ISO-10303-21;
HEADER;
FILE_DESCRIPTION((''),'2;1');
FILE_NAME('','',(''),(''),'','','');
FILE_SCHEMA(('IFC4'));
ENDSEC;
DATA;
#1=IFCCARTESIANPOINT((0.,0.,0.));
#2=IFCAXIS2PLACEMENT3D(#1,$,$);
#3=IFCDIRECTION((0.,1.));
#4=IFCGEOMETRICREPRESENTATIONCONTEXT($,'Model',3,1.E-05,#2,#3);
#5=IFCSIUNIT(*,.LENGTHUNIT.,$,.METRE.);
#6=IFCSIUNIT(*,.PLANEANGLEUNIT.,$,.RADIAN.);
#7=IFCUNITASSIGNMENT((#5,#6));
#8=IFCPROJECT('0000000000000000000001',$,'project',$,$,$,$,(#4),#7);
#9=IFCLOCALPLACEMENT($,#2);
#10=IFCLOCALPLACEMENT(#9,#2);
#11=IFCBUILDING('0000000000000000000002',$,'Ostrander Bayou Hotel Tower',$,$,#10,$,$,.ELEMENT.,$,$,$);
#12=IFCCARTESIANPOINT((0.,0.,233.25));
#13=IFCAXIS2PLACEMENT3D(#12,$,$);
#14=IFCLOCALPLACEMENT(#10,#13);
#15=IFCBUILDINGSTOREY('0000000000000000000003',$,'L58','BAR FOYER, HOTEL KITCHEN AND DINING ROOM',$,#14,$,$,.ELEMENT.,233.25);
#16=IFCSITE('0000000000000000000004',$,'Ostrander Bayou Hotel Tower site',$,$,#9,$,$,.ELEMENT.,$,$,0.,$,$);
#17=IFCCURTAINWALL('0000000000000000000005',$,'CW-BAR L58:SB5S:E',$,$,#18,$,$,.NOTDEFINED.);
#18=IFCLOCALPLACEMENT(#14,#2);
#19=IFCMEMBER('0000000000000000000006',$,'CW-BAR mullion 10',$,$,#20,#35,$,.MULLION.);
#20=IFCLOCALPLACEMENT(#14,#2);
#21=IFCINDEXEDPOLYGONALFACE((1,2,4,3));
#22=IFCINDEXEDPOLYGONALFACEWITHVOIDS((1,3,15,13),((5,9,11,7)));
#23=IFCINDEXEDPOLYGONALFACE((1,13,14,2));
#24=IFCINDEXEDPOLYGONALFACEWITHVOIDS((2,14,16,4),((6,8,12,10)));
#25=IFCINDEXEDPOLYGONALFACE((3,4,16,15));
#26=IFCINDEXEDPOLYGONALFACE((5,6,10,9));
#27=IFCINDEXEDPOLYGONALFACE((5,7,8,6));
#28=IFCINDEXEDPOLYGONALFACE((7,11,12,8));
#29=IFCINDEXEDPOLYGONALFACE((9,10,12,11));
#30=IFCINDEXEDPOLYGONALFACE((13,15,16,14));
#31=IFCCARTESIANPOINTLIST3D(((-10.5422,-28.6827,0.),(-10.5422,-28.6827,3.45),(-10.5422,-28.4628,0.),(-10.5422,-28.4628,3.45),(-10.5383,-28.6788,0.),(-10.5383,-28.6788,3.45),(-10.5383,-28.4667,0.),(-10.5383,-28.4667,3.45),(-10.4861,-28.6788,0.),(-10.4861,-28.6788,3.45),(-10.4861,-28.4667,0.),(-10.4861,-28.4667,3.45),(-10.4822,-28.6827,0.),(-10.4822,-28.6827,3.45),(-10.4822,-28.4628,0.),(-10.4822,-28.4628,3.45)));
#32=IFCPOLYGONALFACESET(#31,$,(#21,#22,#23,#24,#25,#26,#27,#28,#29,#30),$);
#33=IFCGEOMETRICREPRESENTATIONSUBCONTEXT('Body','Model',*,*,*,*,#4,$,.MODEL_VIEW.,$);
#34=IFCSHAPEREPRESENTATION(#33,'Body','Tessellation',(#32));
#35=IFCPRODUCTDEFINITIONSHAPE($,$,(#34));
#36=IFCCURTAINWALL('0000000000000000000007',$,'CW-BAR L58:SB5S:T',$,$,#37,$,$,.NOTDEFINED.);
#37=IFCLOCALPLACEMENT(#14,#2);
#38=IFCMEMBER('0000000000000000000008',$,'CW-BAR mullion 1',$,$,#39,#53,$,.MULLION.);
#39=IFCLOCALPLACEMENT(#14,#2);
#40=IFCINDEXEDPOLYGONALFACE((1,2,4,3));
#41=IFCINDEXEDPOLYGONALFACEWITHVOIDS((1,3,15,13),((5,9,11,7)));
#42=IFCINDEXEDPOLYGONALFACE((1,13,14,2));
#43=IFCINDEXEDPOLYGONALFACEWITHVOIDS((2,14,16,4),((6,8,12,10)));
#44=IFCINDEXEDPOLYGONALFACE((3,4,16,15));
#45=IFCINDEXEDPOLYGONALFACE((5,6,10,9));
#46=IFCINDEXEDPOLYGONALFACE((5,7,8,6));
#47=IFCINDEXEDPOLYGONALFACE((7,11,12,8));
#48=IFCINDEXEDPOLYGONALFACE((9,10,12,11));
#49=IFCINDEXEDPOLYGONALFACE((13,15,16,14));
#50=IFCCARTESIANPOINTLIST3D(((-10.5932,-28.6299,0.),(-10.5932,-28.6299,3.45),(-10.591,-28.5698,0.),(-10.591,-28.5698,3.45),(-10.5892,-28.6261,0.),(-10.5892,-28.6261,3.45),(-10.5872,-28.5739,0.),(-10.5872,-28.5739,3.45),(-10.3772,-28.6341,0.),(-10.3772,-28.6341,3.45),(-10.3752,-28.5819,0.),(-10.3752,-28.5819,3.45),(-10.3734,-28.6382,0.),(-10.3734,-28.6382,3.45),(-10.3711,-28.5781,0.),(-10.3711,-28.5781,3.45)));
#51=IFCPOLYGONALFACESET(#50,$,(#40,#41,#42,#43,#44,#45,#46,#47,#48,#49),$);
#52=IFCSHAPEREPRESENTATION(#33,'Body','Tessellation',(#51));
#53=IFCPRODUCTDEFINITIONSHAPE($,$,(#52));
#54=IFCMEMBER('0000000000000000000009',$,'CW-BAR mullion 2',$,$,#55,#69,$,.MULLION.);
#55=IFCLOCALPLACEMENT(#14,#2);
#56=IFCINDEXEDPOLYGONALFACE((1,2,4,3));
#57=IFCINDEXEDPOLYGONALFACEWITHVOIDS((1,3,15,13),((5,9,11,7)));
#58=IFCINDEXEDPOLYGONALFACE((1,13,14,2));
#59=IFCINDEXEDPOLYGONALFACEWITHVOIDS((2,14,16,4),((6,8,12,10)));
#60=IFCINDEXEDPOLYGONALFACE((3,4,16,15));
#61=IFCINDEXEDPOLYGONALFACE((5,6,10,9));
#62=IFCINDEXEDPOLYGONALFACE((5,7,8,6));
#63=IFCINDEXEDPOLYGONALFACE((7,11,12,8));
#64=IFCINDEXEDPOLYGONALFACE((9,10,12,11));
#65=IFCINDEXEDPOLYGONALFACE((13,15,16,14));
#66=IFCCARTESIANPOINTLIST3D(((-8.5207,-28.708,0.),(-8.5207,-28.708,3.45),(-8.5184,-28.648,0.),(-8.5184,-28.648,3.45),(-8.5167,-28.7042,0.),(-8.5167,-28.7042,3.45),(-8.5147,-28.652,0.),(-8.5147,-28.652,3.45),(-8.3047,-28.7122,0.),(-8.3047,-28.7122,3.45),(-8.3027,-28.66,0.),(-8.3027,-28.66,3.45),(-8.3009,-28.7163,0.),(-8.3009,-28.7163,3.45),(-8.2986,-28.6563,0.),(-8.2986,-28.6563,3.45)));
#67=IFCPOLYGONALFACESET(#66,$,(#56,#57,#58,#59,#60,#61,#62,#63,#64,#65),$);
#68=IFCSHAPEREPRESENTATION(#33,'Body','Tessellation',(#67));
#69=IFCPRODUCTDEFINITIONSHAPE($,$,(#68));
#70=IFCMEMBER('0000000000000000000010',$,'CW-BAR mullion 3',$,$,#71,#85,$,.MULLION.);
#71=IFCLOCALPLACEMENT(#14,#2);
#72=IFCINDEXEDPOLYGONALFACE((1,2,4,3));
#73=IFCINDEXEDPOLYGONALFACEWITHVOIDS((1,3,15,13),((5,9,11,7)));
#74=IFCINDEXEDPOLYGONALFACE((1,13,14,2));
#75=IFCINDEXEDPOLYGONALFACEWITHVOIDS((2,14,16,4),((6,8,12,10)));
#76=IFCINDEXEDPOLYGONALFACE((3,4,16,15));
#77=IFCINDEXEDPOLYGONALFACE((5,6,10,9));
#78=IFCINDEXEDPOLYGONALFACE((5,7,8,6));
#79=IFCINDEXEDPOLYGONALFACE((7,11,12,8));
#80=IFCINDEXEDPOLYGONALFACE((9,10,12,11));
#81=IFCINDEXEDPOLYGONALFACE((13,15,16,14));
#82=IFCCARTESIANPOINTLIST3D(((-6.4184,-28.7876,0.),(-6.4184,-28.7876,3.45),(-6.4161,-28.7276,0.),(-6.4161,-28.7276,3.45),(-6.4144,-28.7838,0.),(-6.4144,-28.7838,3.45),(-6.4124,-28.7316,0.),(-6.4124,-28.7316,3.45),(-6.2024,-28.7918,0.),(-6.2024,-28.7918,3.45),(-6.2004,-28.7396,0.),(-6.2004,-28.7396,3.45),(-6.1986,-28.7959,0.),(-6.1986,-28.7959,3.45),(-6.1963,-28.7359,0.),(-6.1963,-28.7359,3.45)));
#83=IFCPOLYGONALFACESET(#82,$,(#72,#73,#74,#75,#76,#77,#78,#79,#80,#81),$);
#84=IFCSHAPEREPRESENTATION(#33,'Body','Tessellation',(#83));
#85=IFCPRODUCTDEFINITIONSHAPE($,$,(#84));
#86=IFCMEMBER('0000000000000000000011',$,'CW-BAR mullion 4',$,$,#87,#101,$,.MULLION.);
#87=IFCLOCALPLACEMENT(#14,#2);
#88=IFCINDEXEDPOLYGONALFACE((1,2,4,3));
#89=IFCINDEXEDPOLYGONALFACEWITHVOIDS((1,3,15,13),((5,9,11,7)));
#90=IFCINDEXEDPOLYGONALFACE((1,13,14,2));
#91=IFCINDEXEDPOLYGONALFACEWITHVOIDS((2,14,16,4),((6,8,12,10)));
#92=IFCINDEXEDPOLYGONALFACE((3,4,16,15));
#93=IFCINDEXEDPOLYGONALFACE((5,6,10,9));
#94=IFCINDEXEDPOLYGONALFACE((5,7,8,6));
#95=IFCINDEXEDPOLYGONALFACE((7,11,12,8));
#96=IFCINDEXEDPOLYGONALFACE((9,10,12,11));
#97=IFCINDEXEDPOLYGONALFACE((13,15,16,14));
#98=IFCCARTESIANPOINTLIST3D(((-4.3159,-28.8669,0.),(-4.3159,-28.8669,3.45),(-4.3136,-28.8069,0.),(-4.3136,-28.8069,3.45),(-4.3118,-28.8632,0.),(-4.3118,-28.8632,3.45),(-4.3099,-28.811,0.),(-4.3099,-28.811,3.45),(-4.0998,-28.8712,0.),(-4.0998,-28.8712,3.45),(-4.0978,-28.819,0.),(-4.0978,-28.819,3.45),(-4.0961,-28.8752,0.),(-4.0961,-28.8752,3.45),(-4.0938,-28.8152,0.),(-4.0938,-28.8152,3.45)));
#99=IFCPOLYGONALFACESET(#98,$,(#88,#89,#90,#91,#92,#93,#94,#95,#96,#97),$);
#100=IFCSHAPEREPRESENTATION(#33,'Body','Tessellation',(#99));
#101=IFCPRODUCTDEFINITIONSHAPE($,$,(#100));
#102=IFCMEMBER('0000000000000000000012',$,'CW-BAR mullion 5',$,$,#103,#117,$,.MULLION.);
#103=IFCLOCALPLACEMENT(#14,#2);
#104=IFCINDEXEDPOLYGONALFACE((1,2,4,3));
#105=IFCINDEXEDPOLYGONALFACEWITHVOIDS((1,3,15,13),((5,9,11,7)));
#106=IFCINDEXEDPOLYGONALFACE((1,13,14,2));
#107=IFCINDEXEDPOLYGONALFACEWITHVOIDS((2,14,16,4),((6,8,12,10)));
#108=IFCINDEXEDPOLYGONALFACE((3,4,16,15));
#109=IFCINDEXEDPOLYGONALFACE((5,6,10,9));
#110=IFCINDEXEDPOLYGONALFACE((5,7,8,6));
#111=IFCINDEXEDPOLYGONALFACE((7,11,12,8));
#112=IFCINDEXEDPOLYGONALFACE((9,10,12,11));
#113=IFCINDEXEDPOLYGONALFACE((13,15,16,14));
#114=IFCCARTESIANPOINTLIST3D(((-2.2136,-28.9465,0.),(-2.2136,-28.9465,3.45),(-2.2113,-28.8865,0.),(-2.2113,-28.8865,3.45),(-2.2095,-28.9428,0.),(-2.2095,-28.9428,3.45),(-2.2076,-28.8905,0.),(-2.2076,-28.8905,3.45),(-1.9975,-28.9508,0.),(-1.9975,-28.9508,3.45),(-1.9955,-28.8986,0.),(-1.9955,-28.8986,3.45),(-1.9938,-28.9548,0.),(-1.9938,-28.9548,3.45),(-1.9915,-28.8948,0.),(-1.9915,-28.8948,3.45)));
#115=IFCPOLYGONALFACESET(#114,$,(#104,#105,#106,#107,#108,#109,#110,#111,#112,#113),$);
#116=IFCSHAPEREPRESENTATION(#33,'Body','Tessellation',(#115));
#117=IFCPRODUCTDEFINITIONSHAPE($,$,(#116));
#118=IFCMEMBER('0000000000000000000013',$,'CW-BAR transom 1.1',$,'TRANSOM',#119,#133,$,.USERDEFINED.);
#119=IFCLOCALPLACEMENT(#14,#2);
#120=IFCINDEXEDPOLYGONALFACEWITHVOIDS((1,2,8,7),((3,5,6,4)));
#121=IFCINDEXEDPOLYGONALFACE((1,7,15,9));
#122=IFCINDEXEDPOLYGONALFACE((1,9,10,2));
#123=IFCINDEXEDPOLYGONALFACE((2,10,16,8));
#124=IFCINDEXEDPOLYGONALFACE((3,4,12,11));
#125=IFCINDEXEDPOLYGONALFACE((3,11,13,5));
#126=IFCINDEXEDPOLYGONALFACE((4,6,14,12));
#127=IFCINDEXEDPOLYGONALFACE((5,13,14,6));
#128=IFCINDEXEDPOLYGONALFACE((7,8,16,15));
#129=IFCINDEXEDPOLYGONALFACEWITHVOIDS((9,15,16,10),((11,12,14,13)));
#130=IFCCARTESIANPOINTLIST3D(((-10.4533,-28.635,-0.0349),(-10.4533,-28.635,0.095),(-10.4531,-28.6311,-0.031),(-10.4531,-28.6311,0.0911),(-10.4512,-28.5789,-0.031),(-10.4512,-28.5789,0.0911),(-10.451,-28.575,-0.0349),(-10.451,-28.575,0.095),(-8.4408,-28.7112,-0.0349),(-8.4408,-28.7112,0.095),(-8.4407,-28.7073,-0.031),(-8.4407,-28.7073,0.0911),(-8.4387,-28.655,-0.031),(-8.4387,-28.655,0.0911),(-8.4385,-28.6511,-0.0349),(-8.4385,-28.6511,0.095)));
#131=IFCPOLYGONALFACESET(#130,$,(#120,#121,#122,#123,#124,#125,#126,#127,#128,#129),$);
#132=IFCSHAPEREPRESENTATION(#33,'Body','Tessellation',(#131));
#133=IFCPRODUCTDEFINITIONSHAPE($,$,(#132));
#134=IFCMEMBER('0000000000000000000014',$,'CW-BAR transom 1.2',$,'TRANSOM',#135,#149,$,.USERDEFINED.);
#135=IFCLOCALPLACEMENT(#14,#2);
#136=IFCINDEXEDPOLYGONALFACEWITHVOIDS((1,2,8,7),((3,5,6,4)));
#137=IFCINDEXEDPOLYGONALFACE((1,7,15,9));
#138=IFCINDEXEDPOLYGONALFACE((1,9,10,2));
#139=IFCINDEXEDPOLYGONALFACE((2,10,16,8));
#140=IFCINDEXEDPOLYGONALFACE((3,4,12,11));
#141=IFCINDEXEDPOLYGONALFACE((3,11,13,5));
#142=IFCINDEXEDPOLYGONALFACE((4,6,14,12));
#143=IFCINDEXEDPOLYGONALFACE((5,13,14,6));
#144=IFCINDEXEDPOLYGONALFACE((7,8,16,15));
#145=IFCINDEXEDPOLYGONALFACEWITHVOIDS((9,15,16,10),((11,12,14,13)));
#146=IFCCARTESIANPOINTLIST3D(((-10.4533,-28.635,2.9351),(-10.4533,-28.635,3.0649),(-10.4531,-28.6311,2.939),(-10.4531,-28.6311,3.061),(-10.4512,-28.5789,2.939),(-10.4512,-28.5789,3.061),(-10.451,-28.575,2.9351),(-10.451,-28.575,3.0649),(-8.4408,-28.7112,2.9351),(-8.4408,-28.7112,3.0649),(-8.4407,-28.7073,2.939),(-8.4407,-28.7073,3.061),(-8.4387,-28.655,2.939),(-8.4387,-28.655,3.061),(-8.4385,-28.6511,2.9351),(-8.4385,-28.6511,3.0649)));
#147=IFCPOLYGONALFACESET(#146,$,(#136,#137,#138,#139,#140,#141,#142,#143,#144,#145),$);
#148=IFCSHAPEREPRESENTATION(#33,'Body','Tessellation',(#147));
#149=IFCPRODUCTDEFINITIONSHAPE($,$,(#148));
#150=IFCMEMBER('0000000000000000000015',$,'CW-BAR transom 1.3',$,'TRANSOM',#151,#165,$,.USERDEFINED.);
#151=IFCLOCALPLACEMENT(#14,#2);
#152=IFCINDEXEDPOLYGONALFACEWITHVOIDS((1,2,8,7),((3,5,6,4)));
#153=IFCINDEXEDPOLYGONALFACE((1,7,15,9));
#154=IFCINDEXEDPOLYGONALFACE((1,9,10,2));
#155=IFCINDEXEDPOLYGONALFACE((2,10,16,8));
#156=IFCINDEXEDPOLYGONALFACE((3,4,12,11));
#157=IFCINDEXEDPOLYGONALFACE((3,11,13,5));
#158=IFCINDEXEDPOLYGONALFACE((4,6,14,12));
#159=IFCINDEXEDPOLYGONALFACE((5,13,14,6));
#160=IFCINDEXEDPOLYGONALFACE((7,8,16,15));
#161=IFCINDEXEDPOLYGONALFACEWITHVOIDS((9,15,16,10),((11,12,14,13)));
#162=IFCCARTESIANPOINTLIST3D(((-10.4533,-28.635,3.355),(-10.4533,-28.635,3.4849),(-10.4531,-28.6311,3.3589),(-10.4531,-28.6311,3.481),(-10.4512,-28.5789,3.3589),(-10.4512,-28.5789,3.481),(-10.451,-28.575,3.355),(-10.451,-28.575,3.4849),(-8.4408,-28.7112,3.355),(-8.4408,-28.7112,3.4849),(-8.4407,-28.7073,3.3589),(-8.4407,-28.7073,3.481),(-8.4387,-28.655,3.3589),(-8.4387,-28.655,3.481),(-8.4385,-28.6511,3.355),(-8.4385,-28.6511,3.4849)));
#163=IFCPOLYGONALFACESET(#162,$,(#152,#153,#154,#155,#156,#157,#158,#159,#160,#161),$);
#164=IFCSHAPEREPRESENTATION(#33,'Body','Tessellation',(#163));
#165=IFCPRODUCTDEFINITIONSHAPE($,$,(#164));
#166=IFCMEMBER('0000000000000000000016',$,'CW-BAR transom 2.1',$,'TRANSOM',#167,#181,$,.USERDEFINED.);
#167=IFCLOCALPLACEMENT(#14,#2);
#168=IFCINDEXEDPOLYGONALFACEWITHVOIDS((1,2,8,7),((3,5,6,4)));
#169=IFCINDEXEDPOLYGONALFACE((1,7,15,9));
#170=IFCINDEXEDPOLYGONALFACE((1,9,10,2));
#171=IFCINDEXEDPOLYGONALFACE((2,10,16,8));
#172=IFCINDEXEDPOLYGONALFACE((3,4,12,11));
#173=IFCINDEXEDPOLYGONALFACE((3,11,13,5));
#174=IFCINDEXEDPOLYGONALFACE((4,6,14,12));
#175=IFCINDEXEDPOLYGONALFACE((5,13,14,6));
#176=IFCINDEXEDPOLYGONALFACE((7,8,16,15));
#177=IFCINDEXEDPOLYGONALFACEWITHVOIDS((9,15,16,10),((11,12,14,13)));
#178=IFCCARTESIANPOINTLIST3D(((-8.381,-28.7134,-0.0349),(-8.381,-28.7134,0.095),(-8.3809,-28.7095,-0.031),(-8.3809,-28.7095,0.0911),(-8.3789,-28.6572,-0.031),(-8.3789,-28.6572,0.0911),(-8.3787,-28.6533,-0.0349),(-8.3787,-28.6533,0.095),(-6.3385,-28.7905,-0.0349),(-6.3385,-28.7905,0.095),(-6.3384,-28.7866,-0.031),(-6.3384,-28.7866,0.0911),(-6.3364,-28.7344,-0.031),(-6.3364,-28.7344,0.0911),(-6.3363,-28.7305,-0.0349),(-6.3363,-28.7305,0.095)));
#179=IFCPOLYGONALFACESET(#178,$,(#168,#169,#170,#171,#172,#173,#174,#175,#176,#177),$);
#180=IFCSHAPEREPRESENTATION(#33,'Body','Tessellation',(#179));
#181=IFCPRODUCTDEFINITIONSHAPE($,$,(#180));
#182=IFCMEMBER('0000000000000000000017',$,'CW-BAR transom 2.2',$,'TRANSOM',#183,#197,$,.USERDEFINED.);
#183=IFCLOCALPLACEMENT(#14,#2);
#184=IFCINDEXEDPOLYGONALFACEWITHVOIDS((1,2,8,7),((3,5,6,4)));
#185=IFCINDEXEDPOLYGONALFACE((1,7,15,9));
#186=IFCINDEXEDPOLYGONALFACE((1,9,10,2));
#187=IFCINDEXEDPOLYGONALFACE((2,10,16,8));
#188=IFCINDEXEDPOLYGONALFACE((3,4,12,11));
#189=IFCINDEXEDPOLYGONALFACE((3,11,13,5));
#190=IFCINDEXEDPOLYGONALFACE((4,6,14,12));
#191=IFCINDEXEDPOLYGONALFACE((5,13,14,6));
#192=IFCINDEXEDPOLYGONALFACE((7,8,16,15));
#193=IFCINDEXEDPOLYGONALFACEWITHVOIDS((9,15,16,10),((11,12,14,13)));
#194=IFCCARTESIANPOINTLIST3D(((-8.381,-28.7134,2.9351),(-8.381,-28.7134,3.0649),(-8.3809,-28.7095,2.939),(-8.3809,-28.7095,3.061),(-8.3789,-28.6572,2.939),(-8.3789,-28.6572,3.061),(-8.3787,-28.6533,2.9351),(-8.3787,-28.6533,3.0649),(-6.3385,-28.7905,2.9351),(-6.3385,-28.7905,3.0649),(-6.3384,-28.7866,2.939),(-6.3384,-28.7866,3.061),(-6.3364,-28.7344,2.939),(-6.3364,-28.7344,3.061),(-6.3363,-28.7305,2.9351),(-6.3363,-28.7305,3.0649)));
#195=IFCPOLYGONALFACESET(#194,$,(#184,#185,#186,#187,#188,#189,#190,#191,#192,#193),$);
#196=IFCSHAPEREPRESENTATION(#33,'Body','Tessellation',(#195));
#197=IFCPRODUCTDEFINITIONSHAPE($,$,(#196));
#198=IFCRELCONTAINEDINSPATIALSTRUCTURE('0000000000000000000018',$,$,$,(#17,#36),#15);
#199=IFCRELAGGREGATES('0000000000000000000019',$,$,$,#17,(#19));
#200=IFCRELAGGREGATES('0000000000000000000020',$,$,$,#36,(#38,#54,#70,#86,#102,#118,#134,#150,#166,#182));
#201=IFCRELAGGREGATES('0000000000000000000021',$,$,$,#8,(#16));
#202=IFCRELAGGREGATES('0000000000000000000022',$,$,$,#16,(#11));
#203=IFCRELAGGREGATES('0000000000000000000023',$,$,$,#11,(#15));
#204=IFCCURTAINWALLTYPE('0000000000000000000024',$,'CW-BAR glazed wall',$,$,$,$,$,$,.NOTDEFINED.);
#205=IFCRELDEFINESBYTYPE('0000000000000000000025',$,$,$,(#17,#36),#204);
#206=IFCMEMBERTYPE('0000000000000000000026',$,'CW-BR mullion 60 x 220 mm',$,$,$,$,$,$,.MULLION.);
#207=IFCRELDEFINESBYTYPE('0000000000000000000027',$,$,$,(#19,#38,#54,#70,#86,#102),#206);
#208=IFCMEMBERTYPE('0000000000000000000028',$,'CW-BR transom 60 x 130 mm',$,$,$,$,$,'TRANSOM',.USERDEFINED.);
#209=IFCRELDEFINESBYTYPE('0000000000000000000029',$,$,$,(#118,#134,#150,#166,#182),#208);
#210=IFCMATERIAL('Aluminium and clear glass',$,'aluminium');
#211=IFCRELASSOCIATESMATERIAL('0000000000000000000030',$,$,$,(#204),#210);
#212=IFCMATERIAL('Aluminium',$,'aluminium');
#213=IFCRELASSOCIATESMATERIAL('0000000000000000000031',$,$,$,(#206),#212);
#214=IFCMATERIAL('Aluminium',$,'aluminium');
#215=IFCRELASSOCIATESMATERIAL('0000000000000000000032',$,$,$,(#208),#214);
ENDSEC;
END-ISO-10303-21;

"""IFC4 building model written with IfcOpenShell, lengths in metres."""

from ifc_helpers import new_model, si_unit, direction, frame, origin, origin_2d, place, context, subcontext, project, spatial, hollow_rectangle, extrude, material, material_profile, profile_set, type_object, element, aggregate, save


model = new_model("IFC4")

# Units and contexts
model_context = context("Model", 3, precision=1e-05, world=origin(), true_north=direction((0.0, 1.0)))
body_context = subcontext(model_context, "Body", "Model", "MODEL_VIEW")
ifc_project = project(units=[si_unit("LENGTHUNIT", "METRE"), si_unit("PLANEANGLEUNIT", "RADIAN")], contexts=[model_context])

# Site, building, storey
site_placement = place(None, origin())
site = spatial("IfcSite", under=ifc_project, at=site_placement, Name="Ostrander Bayou Hotel Tower site", CompositionType="ELEMENT", RefElevation=0.0)
building_placement = place(site_placement, origin())
building = spatial("IfcBuilding", under=site, at=building_placement, Name="Ostrander Bayou Hotel Tower", CompositionType="ELEMENT")
storey_placement = place(building_placement, frame((0.0, 0.0, 233.25)))
storey = spatial("IfcBuildingStorey", under=building, at=storey_placement, Name="L58", Description="BAR FOYER, HOTEL KITCHEN AND DINING ROOM", CompositionType="ELEMENT", Elevation=233.25)

# Curtain wall, member
ifc_material_1 = material(Name="Aluminium and clear glass", Category="aluminium")
curtain_wall_type = type_object("IfcCurtainWallType", Name="CW-BAR glazed wall", PredefinedType="NOTDEFINED", material=ifc_material_1)
curtain_wall_1_placement = place(storey_placement, origin())
curtain_wall_1 = element("IfcCurtainWall", 1, at=curtain_wall_1_placement, inside=storey, type_object=curtain_wall_type, Name="CW-BAR L58:SB5S:E", PredefinedType="NOTDEFINED")
ifc_material_2 = material(Name="Aluminium", Category="aluminium")
ifc_material_profile_1 = material_profile(ifc_material_2, hollow_rectangle(XDim=0.0601, YDim=0.22, WallThickness=0.0039, at=origin_2d()))
ifc_profile_set_1 = profile_set([ifc_material_profile_1], Name="Aluminium")
member_type_1 = type_object("IfcMemberType", Name="CW-BR mullion 60 x 220 mm", PredefinedType="MULLION", material=ifc_profile_set_1)
member_1_placement = place(storey_placement, frame((-10.5122, -28.5728, 0.0), z_axis=(0.0, 0.0, 1.0), x_axis=(1.0, 0.0, 0.0)))
member_1 = element("IfcMember", 2, at=member_1_placement, type_object=member_type_1, Name="CW-BAR mullion 10", PredefinedType="MULLION", context=body_context, shape_type="SweptSolid", body=[
    extrude(hollow_rectangle(XDim=0.0601, YDim=0.22, WallThickness=0.0039, at=origin_2d()), origin(), (0.0, 0.0, 1.0), 3.45),
])
aggregate(curtain_wall_1, [member_1])

# Curtain wall, members
curtain_wall_2_placement = place(storey_placement, origin())
curtain_wall_2 = element("IfcCurtainWall", 3, at=curtain_wall_2_placement, inside=storey, type_object=curtain_wall_type, Name="CW-BAR L58:SB5S:T", PredefinedType="NOTDEFINED")
member_2_placement = place(storey_placement, frame((-10.4822, -28.604, 0.0), z_axis=(0.0, 0.0, 1.0), x_axis=(0.037758, 0.999287, 0.0)))
member_2 = element("IfcMember", 4, at=member_2_placement, type_object=member_type_1, Name="CW-BAR mullion 1", PredefinedType="MULLION", context=body_context, shape_type="SweptSolid", body=[
    extrude(hollow_rectangle(XDim=0.0601, YDim=0.22, WallThickness=0.0039, at=origin_2d()), origin(), (0.0, 0.0, 1.0), 3.45),
])
member_3_placement = place(storey_placement, frame((-8.4097, -28.6821, 0.0), z_axis=(0.0, 0.0, 1.0), x_axis=(0.037758, 0.999287, 0.0)))
member_3 = element("IfcMember", 5, at=member_3_placement, type_object=member_type_1, Name="CW-BAR mullion 2", PredefinedType="MULLION", context=body_context, shape_type="SweptSolid", body=[
    extrude(hollow_rectangle(XDim=0.0601, YDim=0.22, WallThickness=0.0039, at=origin_2d()), origin(), (0.0, 0.0, 1.0), 3.45),
])
member_4_placement = place(storey_placement, frame((-6.3074, -28.7617, 0.0), z_axis=(0.0, 0.0, 1.0), x_axis=(0.037758, 0.999287, 0.0)))
member_4 = element("IfcMember", 6, at=member_4_placement, type_object=member_type_1, Name="CW-BAR mullion 3", PredefinedType="MULLION", context=body_context, shape_type="SweptSolid", body=[
    extrude(hollow_rectangle(XDim=0.0601, YDim=0.22, WallThickness=0.0039, at=origin_2d()), origin(), (0.0, 0.0, 1.0), 3.45),
])
member_5_placement = place(storey_placement, frame((-4.2048, -28.8411, 0.0), z_axis=(0.0, 0.0, 1.0), x_axis=(0.037758, 0.999287, 0.0)))
member_5 = element("IfcMember", 7, at=member_5_placement, type_object=member_type_1, Name="CW-BAR mullion 4", PredefinedType="MULLION", context=body_context, shape_type="SweptSolid", body=[
    extrude(hollow_rectangle(XDim=0.0601, YDim=0.22, WallThickness=0.0039, at=origin_2d()), origin(), (0.0, 0.0, 1.0), 3.45),
])
member_6_placement = place(storey_placement, frame((-2.1025, -28.9207, 0.0), z_axis=(0.0, 0.0, 1.0), x_axis=(0.037758, 0.999287, 0.0)))
member_6 = element("IfcMember", 8, at=member_6_placement, type_object=member_type_1, Name="CW-BAR mullion 5", PredefinedType="MULLION", context=body_context, shape_type="SweptSolid", body=[
    extrude(hollow_rectangle(XDim=0.0601, YDim=0.22, WallThickness=0.0039, at=origin_2d()), origin(), (0.0, 0.0, 1.0), 3.45),
])
ifc_material_3 = material(Name="Aluminium", Category="aluminium")
ifc_material_profile_2 = material_profile(ifc_material_3, hollow_rectangle(XDim=0.0601, YDim=0.1299, WallThickness=0.0039, at=origin_2d()))
ifc_profile_set_2 = profile_set([ifc_material_profile_2], Name="Aluminium")
member_type_2 = type_object("IfcMemberType", Name="CW-BR transom 60 x 130 mm", ElementType="TRANSOM", PredefinedType="USERDEFINED", material=ifc_profile_set_2)
member_7_placement = place(storey_placement, frame((-10.4521, -28.605, 0.03), z_axis=(0.999284, -0.037823, 0.0), x_axis=(0.037823, 0.999284, 0.0)))
member_7 = element("IfcMember", 9, at=member_7_placement, type_object=member_type_2, Name="CW-BAR transom 1.1", ObjectType="TRANSOM", PredefinedType="USERDEFINED", context=body_context, shape_type="SweptSolid", body=[
    extrude(hollow_rectangle(XDim=0.0601, YDim=0.1299, WallThickness=0.0039, at=origin_2d()), origin(), (0.0, 0.0, 1.0), 2.0139),
])
member_8_placement = place(storey_placement, frame((-10.4521, -28.605, 3.0), z_axis=(0.999284, -0.037823, 0.0), x_axis=(0.037823, 0.999284, 0.0)))
member_8 = element("IfcMember", 10, at=member_8_placement, type_object=member_type_2, Name="CW-BAR transom 1.2", ObjectType="TRANSOM", PredefinedType="USERDEFINED", context=body_context, shape_type="SweptSolid", body=[
    extrude(hollow_rectangle(XDim=0.0601, YDim=0.1299, WallThickness=0.0039, at=origin_2d()), origin(), (0.0, 0.0, 1.0), 2.0139),
])
member_9_placement = place(storey_placement, frame((-10.4521, -28.605, 3.4199), z_axis=(0.999284, -0.037823, 0.0), x_axis=(0.037823, 0.999284, 0.0)))
member_9 = element("IfcMember", 11, at=member_9_placement, type_object=member_type_2, Name="CW-BAR transom 1.3", ObjectType="TRANSOM", PredefinedType="USERDEFINED", context=body_context, shape_type="SweptSolid", body=[
    extrude(hollow_rectangle(XDim=0.0601, YDim=0.1299, WallThickness=0.0039, at=origin_2d()), origin(), (0.0, 0.0, 1.0), 2.0139),
])
member_10_placement = place(storey_placement, frame((-8.3799, -28.6833, 0.03), z_axis=(0.999287, -0.037745, 0.0), x_axis=(0.037745, 0.999287, 0.0)))
member_10 = element("IfcMember", 12, at=member_10_placement, type_object=member_type_2, Name="CW-BAR transom 2.1", ObjectType="TRANSOM", PredefinedType="USERDEFINED", context=body_context, shape_type="SweptSolid", body=[
    extrude(hollow_rectangle(XDim=0.0601, YDim=0.1299, WallThickness=0.0039, at=origin_2d()), origin(), (0.0, 0.0, 1.0), 2.0439),
])
member_11_placement = place(storey_placement, frame((-8.3799, -28.6833, 3.0), z_axis=(0.999287, -0.037745, 0.0), x_axis=(0.037745, 0.999287, 0.0)))
member_11 = element("IfcMember", 13, at=member_11_placement, type_object=member_type_2, Name="CW-BAR transom 2.2", ObjectType="TRANSOM", PredefinedType="USERDEFINED", context=body_context, shape_type="SweptSolid", body=[
    extrude(hollow_rectangle(XDim=0.0601, YDim=0.1299, WallThickness=0.0039, at=origin_2d()), origin(), (0.0, 0.0, 1.0), 2.0439),
])

aggregate(curtain_wall_2, [member_2, member_3, member_4, member_5, member_6, member_7, member_8, member_9, member_10, member_11])

save(model, "model.ifc")
